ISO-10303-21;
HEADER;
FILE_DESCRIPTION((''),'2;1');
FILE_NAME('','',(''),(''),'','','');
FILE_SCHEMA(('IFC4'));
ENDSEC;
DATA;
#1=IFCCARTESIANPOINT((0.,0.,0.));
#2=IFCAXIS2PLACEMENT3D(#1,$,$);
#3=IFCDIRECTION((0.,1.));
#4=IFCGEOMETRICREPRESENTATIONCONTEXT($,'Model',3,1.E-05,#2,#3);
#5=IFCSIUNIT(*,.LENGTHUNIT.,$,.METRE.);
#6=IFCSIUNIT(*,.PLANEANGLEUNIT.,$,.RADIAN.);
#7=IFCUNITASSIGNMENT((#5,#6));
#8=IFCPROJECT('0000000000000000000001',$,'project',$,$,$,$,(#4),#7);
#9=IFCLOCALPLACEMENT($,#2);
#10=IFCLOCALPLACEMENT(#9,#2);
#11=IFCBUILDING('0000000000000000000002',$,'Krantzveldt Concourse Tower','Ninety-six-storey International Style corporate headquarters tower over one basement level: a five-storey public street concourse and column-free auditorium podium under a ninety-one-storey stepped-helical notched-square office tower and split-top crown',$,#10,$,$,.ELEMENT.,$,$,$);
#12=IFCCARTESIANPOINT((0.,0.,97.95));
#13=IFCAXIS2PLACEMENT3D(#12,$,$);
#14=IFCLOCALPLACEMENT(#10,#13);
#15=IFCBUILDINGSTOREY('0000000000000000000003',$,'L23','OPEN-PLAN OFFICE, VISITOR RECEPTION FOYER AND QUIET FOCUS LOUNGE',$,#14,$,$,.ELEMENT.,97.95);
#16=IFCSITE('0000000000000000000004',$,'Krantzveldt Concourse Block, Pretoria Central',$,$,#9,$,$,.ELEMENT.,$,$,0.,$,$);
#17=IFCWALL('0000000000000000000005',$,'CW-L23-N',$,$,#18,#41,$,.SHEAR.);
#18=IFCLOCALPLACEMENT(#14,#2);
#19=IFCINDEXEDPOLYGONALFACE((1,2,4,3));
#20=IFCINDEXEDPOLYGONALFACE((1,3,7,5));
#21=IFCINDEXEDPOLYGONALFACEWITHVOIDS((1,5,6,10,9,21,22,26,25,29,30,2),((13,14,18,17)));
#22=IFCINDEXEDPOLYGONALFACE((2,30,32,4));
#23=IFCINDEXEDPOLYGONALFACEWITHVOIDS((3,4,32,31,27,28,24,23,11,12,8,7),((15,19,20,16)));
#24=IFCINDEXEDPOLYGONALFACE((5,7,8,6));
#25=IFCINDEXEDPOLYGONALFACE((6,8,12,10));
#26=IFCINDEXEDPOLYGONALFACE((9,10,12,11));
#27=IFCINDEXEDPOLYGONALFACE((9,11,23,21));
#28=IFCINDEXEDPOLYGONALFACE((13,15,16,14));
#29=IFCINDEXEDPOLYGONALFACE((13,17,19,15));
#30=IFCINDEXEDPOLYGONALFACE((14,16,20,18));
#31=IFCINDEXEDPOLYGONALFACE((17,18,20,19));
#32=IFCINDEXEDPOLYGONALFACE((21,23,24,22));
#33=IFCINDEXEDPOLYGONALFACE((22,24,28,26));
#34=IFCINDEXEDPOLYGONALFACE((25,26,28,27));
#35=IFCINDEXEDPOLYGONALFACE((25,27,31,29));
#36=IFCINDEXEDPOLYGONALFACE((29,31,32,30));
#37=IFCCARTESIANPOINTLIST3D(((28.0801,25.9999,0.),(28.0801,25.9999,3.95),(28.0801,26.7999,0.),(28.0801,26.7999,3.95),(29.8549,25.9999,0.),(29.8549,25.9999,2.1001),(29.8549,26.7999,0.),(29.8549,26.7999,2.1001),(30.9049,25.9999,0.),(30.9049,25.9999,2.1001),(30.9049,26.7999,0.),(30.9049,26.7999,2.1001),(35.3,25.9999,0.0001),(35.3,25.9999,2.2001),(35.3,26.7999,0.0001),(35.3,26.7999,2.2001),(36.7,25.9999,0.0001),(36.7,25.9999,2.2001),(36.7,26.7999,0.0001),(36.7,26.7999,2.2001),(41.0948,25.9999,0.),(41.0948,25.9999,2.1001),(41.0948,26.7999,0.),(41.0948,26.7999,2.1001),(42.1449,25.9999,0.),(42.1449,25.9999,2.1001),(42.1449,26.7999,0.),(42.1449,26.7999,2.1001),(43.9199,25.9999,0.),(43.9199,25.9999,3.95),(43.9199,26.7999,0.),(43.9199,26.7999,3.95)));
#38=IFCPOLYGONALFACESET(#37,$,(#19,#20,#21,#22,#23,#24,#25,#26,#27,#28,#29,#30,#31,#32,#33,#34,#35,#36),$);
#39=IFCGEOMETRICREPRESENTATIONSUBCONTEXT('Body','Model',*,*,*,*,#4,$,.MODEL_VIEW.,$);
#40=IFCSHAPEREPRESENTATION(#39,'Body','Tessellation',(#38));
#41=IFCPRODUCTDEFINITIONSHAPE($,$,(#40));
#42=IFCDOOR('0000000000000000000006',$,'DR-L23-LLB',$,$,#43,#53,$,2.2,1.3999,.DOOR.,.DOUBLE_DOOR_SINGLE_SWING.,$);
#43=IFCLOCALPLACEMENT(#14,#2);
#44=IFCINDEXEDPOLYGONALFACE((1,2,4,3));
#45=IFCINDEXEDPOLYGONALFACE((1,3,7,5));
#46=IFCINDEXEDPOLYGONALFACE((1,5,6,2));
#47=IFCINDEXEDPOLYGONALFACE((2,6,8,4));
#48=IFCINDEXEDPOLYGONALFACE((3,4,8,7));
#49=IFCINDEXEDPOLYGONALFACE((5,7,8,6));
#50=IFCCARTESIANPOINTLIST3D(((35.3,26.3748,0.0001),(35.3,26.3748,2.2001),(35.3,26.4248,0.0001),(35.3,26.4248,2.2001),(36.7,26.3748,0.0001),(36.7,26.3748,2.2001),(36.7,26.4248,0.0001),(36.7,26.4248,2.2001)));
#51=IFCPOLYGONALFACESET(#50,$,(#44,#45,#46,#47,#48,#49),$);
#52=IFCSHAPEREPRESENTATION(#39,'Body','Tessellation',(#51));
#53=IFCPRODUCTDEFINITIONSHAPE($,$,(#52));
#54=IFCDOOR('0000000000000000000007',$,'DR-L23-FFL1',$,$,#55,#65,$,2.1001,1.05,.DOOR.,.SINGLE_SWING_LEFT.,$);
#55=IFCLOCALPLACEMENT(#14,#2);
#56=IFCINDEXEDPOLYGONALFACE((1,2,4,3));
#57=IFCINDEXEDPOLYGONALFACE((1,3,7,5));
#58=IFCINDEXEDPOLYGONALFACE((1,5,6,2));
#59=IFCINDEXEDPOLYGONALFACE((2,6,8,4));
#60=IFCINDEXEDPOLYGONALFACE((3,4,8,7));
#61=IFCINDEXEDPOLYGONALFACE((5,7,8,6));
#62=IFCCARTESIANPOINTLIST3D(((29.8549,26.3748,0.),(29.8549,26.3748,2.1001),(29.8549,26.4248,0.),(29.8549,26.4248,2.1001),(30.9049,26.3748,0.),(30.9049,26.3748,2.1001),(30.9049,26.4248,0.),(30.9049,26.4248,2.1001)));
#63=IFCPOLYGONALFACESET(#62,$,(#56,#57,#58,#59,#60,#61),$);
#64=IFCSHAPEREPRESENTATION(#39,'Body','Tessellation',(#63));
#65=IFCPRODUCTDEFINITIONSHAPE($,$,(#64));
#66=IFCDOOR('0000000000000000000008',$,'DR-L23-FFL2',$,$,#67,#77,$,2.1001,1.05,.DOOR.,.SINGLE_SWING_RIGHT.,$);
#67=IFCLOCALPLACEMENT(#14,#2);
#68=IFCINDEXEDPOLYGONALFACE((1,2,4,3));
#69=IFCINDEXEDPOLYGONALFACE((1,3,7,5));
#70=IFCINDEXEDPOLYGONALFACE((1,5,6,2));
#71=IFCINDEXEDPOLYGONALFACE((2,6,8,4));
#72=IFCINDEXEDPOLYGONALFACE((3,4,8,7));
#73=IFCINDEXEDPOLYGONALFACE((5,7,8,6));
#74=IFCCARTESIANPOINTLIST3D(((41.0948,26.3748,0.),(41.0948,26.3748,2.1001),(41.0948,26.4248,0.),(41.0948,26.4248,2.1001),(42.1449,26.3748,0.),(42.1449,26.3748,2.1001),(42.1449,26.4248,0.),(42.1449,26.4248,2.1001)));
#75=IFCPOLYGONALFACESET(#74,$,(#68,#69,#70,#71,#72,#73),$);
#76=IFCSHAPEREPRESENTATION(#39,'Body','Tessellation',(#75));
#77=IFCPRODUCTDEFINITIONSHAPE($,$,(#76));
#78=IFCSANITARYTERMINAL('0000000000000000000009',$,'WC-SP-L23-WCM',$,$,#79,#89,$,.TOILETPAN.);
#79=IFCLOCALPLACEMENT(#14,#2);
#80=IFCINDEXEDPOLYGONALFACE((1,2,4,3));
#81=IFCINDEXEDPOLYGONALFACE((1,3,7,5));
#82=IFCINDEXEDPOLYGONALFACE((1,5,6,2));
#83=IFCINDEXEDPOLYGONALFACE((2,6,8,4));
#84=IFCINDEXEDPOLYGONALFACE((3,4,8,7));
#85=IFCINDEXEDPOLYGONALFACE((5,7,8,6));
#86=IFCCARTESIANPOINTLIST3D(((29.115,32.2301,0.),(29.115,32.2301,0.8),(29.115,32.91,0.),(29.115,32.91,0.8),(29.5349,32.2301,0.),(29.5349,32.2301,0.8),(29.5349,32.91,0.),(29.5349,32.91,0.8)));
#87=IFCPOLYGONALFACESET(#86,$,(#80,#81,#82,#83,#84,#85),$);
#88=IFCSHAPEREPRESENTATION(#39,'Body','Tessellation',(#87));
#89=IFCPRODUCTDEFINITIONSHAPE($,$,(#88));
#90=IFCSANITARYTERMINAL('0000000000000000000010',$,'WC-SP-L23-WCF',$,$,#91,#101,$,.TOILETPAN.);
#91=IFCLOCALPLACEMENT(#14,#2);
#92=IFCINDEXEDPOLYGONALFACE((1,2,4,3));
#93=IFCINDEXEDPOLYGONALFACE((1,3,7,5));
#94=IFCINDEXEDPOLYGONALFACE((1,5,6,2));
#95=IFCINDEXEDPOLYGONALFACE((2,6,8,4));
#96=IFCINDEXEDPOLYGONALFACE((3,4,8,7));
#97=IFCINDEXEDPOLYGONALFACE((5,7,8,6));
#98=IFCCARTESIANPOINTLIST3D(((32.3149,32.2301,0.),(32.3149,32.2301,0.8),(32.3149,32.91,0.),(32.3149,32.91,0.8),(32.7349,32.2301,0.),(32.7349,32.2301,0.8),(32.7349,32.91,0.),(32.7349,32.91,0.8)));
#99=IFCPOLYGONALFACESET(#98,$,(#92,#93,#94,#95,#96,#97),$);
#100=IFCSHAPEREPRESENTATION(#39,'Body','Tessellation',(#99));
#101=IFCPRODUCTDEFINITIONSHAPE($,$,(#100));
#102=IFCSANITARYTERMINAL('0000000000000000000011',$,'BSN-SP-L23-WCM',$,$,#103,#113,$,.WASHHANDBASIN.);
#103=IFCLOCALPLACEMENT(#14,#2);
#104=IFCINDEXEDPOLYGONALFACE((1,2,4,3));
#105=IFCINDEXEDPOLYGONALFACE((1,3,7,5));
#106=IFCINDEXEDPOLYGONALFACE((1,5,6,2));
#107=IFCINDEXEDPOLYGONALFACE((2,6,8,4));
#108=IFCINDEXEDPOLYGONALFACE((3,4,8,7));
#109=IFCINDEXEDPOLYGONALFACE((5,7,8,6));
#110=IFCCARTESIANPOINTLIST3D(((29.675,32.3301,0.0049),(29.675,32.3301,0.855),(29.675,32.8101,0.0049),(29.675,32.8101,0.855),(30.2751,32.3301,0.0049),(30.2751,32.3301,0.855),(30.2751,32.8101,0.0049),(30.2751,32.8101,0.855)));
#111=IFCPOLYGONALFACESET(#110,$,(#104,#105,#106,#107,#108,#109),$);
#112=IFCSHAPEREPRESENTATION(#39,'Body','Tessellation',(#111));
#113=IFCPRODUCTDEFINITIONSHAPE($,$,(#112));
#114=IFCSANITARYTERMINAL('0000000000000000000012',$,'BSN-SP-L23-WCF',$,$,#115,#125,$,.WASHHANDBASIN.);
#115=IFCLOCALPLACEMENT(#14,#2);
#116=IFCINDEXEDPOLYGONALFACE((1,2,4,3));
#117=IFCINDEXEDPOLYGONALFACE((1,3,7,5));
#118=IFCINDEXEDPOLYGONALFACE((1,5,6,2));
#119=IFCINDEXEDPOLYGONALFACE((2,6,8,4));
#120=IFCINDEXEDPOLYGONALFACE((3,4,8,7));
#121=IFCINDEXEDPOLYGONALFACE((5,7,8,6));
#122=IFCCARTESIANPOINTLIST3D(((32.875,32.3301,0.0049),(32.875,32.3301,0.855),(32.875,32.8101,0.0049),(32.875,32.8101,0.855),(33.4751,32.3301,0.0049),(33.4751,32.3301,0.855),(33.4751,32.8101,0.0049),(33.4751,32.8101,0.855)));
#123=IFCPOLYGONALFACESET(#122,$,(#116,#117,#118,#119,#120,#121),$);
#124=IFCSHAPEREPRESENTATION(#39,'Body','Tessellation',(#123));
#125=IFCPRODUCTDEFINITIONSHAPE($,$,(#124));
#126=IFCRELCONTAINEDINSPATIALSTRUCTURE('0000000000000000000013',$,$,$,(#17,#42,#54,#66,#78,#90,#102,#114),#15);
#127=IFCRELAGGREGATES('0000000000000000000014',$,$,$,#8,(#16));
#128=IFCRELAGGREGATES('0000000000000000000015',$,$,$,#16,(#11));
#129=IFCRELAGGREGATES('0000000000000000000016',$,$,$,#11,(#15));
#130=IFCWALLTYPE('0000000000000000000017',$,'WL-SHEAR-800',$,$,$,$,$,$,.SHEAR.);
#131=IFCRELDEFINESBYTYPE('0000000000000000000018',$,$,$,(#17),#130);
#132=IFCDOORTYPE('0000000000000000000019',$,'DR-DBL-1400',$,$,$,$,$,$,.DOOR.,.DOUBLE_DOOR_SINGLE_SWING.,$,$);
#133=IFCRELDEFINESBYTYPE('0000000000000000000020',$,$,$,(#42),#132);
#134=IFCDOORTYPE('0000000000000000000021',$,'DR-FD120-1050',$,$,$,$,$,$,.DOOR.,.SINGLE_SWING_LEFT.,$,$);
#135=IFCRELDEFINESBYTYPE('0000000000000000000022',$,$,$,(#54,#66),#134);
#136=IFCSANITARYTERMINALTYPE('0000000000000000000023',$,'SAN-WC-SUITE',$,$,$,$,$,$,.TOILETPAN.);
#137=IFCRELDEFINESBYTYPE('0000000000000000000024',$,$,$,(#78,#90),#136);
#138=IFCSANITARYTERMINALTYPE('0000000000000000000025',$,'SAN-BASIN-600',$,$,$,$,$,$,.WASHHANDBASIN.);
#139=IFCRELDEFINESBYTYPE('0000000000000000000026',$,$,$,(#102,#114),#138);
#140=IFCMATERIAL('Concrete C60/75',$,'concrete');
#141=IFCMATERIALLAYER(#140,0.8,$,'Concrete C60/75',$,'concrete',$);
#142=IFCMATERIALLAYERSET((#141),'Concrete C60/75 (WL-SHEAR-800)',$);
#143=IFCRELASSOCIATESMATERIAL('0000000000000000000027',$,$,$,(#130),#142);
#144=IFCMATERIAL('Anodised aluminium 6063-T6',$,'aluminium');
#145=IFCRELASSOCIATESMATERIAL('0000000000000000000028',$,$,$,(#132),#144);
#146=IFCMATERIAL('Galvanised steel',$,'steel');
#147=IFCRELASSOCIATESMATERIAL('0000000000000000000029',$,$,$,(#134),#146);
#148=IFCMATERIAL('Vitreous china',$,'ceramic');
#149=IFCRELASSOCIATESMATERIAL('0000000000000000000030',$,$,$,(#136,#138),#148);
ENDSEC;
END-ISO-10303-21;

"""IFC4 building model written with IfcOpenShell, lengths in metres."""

from ifc_helpers import new_model, si_unit, direction, frame, frame_2d, origin, origin_2d, place, context, subcontext, project, spatial, rectangle, extrude, source, transform, mapped, material, layer, layer_set, type_object, type_shapes, element, fill, save


model = new_model("IFC4")

# Units and contexts
model_context = context("Model", 3, precision=1e-05, world=origin(), true_north=direction((0.0, 1.0)))
body_context = subcontext(model_context, "Body", "Model", "MODEL_VIEW")
ifc_project = project(units=[si_unit("LENGTHUNIT", "METRE"), si_unit("PLANEANGLEUNIT", "RADIAN")], contexts=[model_context])

# Site, building, storey
site_placement = place(None, origin())
site = spatial("IfcSite", under=ifc_project, at=site_placement, Name="Krantzveldt Concourse Block, Pretoria Central", CompositionType="ELEMENT", RefElevation=0.0)
building_placement = place(site_placement, origin())
building = spatial("IfcBuilding", under=site, at=building_placement, Name="Krantzveldt Concourse Tower", Description="Ninety-six-storey International Style corporate headquarters tower over one basement level: a five-storey public street concourse and column-free auditorium podium under a ninety-one-storey stepped-helical notched-square office tower and split-top crown", CompositionType="ELEMENT")
storey_placement = place(building_placement, frame((0.0, 0.0, 97.95)))
storey = spatial("IfcBuildingStorey", under=building, at=storey_placement, Name="L23", Description="OPEN-PLAN OFFICE, VISITOR RECEPTION FOYER AND QUIET FOCUS LOUNGE", CompositionType="ELEMENT", Elevation=97.95)

# Wall, openings, doors
ifc_material_1 = material(Name="Concrete C60/75", Category="concrete")
ifc_layer_1 = layer(ifc_material_1, 0.8, Name="Concrete C60/75", Category="concrete")
ifc_layer_set_1 = layer_set([ifc_layer_1], Name="Concrete C60/75 (WL-SHEAR-800)")
wall_type_1 = type_object("IfcWallType", Name="WL-SHEAR-800", PredefinedType="SHEAR", material=ifc_layer_set_1)
wall_1_placement = place(storey_placement, frame((28.0801, 26.3999, 0.0), z_axis=(0.0, 0.0, 1.0), x_axis=(1.0, 0.0, 0.0)))
wall_1 = element("IfcWall", 1, at=wall_1_placement, inside=storey, type_object=wall_type_1, Name="CW-L23-N", PredefinedType="SHEAR", context=body_context, shape_type="SweptSolid", body=[
    extrude(rectangle(XDim=15.8398, YDim=0.8, at=frame_2d((7.9199, 0.0))), origin(), (0.0, 0.0, 1.0), 3.95),
])
opening_1_placement = place(wall_1_placement, frame((7.22, 0.0, 0.0)))
opening_1 = element("IfcOpeningElement", 2, at=opening_1_placement, cuts=wall_1, PredefinedType="OPENING", context=body_context, shape_type="SweptSolid", body=[
    extrude(rectangle(XDim=1.3999, YDim=2.2, at=frame_2d((0.7, 1.1001))), frame((0.0, 0.4102, 0.0), z_axis=(0.0, -1.0, 0.0), x_axis=(1.0, 0.0, 0.0)), (0.0, 0.0, 1.0), 0.8201),
])
opening_2_placement = place(wall_1_placement, frame((1.7749, 0.0, 0.0)))
opening_2 = element("IfcOpeningElement", 3, at=opening_2_placement, cuts=wall_1, PredefinedType="OPENING", context=body_context, shape_type="SweptSolid", body=[
    extrude(rectangle(XDim=1.05, YDim=2.1001, at=frame_2d((0.5249, 1.05))), frame((0.0, 0.4102, 0.0), z_axis=(0.0, -1.0, 0.0), x_axis=(1.0, 0.0, 0.0)), (0.0, 0.0, 1.0), 0.8201),
])
opening_3_placement = place(wall_1_placement, frame((13.0149, 0.0, 0.0)))
opening_3 = element("IfcOpeningElement", 4, at=opening_3_placement, cuts=wall_1, PredefinedType="OPENING", context=body_context, shape_type="SweptSolid", body=[
    extrude(rectangle(XDim=1.05, YDim=2.1001, at=frame_2d((0.5249, 1.05))), frame((0.0, 0.4102, 0.0), z_axis=(0.0, -1.0, 0.0), x_axis=(1.0, 0.0, 0.0)), (0.0, 0.0, 1.0), 0.8201),
])
ifc_material_2 = material(Name="Anodised aluminium 6063-T6", Category="aluminium")
door_type_1 = type_object("IfcDoorType", Name="DR-DBL-1400", OperationType="DOUBLE_DOOR_SINGLE_SWING", PredefinedType="DOOR", material=ifc_material_2)
door_1_placement = place(opening_1_placement, origin())
door_1 = element("IfcDoor", 5, at=door_1_placement, inside=storey, type_object=door_type_1, Name="DR-L23-LLB", OperationType="DOUBLE_DOOR_SINGLE_SWING", OverallHeight=2.2, OverallWidth=1.3999, PredefinedType="DOOR", context=body_context, shape_type="SweptSolid", body=[
    extrude(rectangle(XDim=1.3999, YDim=2.2, at=frame_2d((0.7, 1.1001))), frame((0.0, 0.0249, 0.0), z_axis=(0.0, -1.0, 0.0), x_axis=(1.0, 0.0, 0.0)), (0.0, 0.0, 1.0), 0.05),
])
fill(opening_1, door_1)
ifc_material_3 = material(Name="Galvanised steel", Category="steel")
door_type_2 = type_object("IfcDoorType", Name="DR-FD120-1050", OperationType="SINGLE_SWING_LEFT", PredefinedType="DOOR", material=ifc_material_3)
door_2_placement = place(opening_2_placement, origin())
door_2 = element("IfcDoor", 6, at=door_2_placement, inside=storey, type_object=door_type_2, Name="DR-L23-FFL1", OperationType="SINGLE_SWING_LEFT", OverallHeight=2.1001, OverallWidth=1.05, PredefinedType="DOOR", context=body_context, shape_type="SweptSolid", body=[
    extrude(rectangle(XDim=1.05, YDim=2.1001, at=frame_2d((0.5249, 1.05))), frame((0.0, 0.0249, 0.0), z_axis=(0.0, -1.0, 0.0), x_axis=(1.0, 0.0, 0.0)), (0.0, 0.0, 1.0), 0.05),
])
fill(opening_2, door_2)
door_3_placement = place(opening_3_placement, origin())
door_3 = element("IfcDoor", 7, at=door_3_placement, inside=storey, type_object=door_type_2, Name="DR-L23-FFL2", OperationType="SINGLE_SWING_RIGHT", OverallHeight=2.1001, OverallWidth=1.05, PredefinedType="DOOR", context=body_context, shape_type="SweptSolid", body=[
    extrude(rectangle(XDim=1.05, YDim=2.1001, at=frame_2d((0.5249, 1.05))), frame((0.0, 0.0249, 0.0), z_axis=(0.0, -1.0, 0.0), x_axis=(1.0, 0.0, 0.0)), (0.0, 0.0, 1.0), 0.05),
])
fill(opening_3, door_3)

# Sanitary terminals
ifc_material_4 = material(Name="Vitreous china", Category="ceramic")
sanitary_terminal_type_1 = type_object("IfcSanitaryTerminalType", Name="SAN-WC-SUITE", PredefinedType="TOILETPAN", material=ifc_material_4)
shared_shape_1 = source(origin(), body_context, "Body", "SweptSolid", [
    extrude(rectangle(XDim=0.4199, YDim=0.6799, at=origin_2d()), origin(), (0.0, 0.0, 1.0), 0.8),
])
type_shapes(sanitary_terminal_type_1, [shared_shape_1])
for number, where, z_axis, x_axis, name in (
    (8, (29.325, 32.5701, 0.0), (0.0, 0.0, 1.0), (1.0, 0.0, 0.0), "WC-SP-L23-WCM"),
    (9, (32.5249, 32.5701, 0.0), (0.0, 0.0, 1.0), (1.0, 0.0, 0.0), "WC-SP-L23-WCF"),
):
    element("IfcSanitaryTerminal", number, at=place(storey_placement, frame(where, z_axis=z_axis, x_axis=x_axis)), inside=storey, type_object=sanitary_terminal_type_1, Name=name, PredefinedType="TOILETPAN", context=body_context, shape_type="MappedRepresentation", body=[
        mapped(shared_shape_1, transform((0.0, 0.0, 0.0), x_axis=(1.0, 0.0, 0.0), y_axis=(0.0, 1.0, 0.0), z_axis=(0.0, 0.0, 1.0), scale=1.0)),
    ])
sanitary_terminal_type_2 = type_object("IfcSanitaryTerminalType", Name="SAN-BASIN-600", PredefinedType="WASHHANDBASIN", material=ifc_material_4)
shared_shape_2 = source(origin(), body_context, "Body", "SweptSolid", [
    extrude(rectangle(XDim=0.6001, YDim=0.48, at=origin_2d()), origin(), (0.0, 0.0, 1.0), 0.8501),
])
type_shapes(sanitary_terminal_type_2, [shared_shape_2])
for number, where, z_axis, x_axis, name in (
    (10, (29.9751, 32.5701, 0.0049), (0.0, 0.0, 1.0), (1.0, 0.0, 0.0), "BSN-SP-L23-WCM"),
    (11, (33.175, 32.5701, 0.0049), (0.0, 0.0, 1.0), (1.0, 0.0, 0.0), "BSN-SP-L23-WCF"),
):
    element("IfcSanitaryTerminal", number, at=place(storey_placement, frame(where, z_axis=z_axis, x_axis=x_axis)), inside=storey, type_object=sanitary_terminal_type_2, Name=name, PredefinedType="WASHHANDBASIN", context=body_context, shape_type="MappedRepresentation", body=[
        mapped(shared_shape_2, transform((0.0, 0.0, 0.0), x_axis=(1.0, 0.0, 0.0), y_axis=(0.0, 1.0, 0.0), z_axis=(0.0, 0.0, 1.0), scale=1.0)),
    ])

save(model, "model.ifc")
